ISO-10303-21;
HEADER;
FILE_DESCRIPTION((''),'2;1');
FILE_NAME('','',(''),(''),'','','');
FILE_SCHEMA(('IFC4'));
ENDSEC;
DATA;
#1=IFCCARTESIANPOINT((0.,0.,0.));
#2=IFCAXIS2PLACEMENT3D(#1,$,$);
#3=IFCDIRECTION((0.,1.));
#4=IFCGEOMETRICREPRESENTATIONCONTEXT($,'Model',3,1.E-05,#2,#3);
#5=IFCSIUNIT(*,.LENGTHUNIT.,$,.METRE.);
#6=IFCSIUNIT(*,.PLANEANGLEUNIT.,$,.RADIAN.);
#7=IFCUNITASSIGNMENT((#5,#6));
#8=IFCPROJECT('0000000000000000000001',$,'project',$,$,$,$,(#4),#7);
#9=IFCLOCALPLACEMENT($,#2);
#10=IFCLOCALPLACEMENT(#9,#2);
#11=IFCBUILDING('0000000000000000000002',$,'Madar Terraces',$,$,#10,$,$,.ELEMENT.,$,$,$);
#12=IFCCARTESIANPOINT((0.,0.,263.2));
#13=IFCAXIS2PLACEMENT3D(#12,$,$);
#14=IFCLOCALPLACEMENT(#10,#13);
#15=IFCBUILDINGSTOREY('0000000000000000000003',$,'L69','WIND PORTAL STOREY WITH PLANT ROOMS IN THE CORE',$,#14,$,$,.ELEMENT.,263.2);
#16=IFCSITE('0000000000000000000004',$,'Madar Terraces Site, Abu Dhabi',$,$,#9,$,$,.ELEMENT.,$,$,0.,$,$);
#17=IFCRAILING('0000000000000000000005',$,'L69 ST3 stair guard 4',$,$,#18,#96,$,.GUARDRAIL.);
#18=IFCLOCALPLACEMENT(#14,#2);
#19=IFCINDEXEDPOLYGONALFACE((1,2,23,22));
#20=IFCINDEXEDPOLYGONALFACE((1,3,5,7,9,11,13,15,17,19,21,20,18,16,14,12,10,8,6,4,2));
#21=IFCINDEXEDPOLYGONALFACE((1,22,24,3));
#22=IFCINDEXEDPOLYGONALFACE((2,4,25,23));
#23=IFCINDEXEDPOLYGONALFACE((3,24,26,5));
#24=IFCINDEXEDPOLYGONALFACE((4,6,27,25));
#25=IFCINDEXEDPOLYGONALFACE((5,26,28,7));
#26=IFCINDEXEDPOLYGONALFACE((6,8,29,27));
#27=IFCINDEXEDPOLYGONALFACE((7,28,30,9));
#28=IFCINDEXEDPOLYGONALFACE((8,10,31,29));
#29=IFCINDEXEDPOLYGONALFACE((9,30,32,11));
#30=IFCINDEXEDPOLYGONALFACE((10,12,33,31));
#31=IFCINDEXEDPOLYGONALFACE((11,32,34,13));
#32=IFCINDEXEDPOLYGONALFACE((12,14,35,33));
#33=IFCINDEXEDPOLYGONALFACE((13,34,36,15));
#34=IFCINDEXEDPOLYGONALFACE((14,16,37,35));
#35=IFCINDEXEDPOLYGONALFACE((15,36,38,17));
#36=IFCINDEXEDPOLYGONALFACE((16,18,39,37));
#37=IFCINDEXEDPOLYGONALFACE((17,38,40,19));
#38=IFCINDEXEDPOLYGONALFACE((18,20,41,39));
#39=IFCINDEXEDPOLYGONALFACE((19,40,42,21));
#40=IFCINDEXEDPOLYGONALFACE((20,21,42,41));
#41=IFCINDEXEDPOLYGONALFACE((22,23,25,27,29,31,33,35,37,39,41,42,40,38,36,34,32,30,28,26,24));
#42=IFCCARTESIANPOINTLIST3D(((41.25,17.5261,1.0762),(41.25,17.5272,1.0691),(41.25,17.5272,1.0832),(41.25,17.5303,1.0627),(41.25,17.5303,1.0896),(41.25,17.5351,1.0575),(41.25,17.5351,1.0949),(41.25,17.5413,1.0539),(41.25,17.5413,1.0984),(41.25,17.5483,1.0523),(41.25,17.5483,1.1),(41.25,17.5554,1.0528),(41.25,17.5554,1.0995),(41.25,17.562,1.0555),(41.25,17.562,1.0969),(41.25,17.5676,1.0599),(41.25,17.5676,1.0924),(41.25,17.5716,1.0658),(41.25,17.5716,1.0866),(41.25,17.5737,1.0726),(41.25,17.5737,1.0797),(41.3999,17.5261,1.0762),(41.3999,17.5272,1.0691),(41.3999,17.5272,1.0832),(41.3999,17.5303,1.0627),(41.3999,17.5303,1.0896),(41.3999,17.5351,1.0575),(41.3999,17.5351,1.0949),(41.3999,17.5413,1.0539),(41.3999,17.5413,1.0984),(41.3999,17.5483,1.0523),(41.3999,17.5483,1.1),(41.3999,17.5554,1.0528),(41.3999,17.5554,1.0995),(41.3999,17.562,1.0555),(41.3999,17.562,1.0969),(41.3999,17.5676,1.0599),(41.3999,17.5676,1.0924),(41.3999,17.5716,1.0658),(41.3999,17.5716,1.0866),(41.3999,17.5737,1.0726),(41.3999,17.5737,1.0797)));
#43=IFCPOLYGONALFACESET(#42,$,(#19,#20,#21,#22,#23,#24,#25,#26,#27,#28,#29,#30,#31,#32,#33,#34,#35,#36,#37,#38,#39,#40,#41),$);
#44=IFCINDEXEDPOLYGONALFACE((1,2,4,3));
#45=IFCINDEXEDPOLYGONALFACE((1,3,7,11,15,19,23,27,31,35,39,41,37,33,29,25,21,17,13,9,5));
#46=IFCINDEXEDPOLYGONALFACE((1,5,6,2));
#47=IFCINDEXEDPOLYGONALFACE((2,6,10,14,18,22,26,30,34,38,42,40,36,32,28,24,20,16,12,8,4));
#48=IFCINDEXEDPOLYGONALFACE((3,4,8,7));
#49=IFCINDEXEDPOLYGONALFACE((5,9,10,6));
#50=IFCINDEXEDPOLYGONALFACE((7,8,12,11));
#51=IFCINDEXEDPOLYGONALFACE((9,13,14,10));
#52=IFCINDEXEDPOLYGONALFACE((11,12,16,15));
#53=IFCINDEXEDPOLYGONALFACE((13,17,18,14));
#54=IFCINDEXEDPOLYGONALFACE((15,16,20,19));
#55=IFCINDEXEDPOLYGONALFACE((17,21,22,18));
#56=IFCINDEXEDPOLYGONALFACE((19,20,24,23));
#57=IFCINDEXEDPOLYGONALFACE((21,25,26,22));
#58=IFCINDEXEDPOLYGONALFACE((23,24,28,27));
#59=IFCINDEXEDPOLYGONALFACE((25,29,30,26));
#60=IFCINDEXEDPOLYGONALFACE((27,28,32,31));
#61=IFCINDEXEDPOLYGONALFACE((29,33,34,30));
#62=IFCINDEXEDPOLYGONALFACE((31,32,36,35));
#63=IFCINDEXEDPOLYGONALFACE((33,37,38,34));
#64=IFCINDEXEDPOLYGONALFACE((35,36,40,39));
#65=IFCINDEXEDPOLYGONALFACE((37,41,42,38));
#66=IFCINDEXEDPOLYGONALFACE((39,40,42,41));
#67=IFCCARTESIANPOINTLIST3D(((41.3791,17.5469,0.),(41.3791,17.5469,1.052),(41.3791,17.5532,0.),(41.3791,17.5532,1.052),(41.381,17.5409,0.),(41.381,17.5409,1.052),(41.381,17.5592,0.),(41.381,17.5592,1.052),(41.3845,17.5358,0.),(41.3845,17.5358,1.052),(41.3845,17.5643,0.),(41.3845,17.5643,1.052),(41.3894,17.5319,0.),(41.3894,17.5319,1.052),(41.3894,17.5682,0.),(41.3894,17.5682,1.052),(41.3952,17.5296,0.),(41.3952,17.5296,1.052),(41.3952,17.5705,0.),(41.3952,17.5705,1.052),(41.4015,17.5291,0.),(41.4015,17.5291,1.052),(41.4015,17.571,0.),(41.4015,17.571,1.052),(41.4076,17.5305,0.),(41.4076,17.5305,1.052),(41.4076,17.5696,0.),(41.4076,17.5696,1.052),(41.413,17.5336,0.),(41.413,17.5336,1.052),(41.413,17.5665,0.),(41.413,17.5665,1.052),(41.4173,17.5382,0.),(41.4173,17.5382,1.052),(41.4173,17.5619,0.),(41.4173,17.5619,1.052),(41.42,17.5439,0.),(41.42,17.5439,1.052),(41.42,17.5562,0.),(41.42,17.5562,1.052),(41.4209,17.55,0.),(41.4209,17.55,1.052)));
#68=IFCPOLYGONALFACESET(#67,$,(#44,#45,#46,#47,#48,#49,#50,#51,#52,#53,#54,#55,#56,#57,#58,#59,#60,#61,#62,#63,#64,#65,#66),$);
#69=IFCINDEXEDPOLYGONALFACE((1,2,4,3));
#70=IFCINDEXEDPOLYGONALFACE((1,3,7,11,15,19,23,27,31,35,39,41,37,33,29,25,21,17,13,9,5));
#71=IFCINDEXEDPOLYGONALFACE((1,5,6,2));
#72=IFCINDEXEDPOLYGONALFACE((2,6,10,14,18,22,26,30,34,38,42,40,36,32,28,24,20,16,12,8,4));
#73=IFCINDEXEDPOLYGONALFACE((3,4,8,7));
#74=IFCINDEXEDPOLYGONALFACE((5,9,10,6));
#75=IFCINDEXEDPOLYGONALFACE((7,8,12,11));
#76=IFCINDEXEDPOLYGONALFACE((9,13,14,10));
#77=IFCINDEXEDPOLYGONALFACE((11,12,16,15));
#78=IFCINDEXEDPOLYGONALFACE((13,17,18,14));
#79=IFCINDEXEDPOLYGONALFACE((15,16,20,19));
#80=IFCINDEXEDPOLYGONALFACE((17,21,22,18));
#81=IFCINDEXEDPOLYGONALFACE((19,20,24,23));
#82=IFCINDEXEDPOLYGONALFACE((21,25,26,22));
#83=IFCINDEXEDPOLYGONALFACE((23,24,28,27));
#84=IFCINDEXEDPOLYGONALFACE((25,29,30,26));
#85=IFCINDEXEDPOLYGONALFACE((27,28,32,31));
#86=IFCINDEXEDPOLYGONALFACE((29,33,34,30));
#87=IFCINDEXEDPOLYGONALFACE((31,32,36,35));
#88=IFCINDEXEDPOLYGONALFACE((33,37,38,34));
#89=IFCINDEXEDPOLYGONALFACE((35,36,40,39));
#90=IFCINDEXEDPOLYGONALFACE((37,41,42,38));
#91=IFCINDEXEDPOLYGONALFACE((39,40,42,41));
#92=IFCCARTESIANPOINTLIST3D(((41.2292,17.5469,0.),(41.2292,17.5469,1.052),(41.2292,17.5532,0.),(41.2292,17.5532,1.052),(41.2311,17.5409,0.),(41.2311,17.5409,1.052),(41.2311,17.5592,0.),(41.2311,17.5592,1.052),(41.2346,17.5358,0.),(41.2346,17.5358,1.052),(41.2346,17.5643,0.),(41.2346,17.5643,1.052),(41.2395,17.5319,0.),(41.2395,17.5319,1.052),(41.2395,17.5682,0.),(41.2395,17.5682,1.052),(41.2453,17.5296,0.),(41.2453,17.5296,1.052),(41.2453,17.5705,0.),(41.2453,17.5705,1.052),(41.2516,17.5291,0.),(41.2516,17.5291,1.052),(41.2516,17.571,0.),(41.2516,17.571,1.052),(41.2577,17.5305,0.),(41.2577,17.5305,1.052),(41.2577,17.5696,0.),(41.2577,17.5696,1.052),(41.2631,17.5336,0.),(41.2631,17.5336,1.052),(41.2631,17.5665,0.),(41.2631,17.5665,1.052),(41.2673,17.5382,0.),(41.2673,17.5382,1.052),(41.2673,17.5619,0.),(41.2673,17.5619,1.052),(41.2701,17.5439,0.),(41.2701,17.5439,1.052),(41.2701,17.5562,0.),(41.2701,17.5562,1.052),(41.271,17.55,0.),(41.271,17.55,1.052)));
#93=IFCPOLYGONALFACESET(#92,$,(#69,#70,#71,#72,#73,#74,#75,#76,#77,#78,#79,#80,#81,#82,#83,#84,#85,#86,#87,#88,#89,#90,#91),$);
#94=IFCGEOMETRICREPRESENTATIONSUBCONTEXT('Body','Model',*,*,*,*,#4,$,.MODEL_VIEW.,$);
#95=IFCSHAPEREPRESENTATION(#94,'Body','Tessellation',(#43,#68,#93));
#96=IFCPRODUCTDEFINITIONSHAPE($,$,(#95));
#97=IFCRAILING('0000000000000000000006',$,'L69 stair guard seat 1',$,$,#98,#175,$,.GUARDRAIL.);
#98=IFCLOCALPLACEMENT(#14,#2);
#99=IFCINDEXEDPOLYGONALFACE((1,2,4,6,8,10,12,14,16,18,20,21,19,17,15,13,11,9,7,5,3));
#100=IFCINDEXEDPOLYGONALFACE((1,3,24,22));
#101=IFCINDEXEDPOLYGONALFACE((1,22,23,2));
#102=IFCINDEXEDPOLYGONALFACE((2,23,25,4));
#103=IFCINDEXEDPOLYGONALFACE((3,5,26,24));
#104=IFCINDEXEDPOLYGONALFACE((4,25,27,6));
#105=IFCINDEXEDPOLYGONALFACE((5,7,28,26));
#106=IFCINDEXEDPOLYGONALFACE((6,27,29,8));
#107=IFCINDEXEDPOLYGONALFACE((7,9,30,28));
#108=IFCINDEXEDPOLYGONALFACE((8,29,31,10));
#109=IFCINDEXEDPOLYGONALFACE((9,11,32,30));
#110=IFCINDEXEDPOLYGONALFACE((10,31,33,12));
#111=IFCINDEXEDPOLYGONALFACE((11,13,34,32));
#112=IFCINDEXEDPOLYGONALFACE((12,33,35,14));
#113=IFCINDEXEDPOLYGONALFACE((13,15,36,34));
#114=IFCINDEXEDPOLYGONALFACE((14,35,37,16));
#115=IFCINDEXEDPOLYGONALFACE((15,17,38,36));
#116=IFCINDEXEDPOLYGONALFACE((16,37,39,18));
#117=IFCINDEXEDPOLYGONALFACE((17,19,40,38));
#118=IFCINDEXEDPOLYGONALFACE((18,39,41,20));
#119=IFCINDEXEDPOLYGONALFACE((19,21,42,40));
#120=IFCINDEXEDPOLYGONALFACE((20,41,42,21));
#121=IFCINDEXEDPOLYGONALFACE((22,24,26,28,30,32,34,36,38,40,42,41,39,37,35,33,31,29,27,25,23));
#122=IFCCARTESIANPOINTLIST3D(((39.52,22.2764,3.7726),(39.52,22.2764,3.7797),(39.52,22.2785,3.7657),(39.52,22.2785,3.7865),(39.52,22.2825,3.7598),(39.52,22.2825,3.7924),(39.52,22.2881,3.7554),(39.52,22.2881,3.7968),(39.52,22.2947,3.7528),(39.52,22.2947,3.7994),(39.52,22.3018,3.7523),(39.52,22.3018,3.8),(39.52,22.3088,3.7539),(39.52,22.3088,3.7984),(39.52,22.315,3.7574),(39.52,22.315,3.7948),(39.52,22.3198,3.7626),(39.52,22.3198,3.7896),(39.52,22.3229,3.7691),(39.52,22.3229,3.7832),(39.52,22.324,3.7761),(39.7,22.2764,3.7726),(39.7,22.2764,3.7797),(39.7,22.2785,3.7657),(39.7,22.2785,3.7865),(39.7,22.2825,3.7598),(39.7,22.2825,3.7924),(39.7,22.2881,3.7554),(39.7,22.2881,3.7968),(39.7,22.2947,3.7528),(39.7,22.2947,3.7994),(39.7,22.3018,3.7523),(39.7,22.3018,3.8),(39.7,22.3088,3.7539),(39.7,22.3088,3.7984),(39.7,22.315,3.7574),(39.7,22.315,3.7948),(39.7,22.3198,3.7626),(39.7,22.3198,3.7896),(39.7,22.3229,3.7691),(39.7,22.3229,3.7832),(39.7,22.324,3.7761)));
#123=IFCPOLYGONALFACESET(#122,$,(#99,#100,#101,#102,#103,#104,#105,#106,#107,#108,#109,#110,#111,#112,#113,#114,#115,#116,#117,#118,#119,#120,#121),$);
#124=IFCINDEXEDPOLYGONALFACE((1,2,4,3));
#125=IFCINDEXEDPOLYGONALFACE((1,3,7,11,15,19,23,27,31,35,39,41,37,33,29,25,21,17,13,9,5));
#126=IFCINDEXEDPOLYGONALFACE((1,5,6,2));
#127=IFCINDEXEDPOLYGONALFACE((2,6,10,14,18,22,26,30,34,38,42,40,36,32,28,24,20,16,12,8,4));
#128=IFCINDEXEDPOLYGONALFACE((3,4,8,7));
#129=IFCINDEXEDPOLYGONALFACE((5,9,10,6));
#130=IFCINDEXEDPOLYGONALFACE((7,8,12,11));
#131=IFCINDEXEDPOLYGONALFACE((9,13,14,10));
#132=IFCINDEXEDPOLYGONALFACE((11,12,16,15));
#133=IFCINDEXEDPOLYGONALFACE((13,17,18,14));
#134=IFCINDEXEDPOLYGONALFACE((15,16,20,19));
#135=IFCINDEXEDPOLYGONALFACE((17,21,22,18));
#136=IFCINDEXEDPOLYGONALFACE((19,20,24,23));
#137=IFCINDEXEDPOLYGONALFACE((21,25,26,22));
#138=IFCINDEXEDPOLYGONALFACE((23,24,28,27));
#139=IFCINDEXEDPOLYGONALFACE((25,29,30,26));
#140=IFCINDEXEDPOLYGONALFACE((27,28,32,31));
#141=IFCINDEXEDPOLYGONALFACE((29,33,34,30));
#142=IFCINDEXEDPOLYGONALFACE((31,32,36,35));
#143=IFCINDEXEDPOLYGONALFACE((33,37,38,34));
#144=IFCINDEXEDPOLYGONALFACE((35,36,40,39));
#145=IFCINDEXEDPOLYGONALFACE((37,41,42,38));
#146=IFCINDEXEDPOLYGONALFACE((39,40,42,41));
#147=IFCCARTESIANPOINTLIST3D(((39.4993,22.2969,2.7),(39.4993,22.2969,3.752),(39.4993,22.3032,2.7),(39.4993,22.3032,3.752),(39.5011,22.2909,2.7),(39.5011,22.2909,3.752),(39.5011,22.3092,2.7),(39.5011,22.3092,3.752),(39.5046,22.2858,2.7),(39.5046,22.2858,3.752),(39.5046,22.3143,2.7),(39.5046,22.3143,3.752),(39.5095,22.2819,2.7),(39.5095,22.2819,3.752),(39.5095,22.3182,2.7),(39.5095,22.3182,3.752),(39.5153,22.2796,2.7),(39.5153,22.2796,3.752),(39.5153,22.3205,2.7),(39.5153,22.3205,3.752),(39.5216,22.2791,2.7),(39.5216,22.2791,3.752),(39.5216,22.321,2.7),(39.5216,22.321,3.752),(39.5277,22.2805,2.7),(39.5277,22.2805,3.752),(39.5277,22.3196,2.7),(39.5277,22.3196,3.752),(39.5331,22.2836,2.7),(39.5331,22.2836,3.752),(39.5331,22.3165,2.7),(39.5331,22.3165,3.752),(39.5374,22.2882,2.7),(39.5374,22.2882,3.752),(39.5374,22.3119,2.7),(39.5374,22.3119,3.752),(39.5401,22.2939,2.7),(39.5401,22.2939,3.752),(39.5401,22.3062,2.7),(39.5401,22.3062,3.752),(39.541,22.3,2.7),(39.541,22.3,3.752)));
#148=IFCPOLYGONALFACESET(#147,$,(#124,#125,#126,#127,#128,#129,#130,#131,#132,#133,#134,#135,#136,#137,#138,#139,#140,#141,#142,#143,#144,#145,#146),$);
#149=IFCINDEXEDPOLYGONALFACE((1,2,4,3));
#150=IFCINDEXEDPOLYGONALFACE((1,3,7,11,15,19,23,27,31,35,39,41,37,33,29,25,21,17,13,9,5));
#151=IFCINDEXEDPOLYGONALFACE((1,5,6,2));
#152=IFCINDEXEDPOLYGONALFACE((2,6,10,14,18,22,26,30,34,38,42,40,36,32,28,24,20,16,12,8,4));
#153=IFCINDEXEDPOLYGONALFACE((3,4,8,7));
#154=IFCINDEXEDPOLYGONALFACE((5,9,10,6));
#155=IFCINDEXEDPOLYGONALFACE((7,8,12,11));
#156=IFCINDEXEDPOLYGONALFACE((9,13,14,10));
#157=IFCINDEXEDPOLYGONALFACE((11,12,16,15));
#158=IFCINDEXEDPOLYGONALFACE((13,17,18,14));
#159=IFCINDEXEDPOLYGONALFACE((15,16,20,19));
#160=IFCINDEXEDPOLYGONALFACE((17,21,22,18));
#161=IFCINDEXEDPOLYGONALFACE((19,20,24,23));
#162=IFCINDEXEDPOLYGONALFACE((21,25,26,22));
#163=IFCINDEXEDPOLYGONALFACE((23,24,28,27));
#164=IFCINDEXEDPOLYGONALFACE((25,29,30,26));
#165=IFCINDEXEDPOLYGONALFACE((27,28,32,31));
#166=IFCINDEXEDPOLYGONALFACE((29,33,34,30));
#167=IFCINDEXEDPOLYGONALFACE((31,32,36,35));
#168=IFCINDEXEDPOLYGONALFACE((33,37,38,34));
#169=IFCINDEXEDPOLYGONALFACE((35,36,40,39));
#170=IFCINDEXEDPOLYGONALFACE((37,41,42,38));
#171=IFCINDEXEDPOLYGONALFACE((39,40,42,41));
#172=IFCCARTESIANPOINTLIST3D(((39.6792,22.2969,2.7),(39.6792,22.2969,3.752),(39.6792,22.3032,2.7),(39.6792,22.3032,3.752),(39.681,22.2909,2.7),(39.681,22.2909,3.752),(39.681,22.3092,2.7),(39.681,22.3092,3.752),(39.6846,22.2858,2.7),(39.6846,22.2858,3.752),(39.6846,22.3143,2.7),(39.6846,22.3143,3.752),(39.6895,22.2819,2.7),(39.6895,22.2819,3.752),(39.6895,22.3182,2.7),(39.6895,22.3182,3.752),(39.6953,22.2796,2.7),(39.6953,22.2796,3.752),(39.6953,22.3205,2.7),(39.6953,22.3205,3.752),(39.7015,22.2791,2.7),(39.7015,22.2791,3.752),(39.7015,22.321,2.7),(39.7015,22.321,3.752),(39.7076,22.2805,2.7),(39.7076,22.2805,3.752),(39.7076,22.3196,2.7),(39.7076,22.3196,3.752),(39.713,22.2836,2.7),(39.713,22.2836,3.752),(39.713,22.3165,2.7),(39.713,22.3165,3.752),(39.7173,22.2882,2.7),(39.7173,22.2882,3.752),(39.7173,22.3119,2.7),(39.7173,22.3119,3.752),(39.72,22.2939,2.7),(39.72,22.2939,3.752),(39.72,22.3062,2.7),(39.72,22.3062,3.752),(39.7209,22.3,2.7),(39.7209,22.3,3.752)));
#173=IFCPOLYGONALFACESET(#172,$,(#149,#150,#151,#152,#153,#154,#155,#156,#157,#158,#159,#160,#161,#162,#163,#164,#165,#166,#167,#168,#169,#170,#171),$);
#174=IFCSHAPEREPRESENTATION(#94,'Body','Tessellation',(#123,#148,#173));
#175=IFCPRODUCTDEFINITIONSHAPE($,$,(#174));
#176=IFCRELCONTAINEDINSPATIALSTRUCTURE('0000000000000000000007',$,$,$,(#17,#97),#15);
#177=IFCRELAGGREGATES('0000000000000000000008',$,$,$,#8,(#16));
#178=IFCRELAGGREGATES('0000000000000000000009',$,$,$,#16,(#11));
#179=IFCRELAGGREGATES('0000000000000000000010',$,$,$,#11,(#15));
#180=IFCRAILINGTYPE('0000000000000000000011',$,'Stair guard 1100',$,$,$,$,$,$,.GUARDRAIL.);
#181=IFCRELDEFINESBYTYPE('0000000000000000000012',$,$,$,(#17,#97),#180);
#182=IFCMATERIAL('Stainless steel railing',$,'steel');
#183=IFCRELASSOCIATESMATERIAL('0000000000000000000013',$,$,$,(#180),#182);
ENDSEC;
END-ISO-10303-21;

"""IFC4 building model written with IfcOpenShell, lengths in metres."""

from ifc_helpers import new_model, si_unit, direction, frame, origin, origin_2d, place, context, subcontext, project, spatial, circle, extrude, material, type_object, element, save


model = new_model("IFC4")

# Units and contexts
model_context = context("Model", 3, precision=1e-05, world=origin(), true_north=direction((0.0, 1.0)))
body_context = subcontext(model_context, "Body", "Model", "MODEL_VIEW")
ifc_project = project(units=[si_unit("LENGTHUNIT", "METRE"), si_unit("PLANEANGLEUNIT", "RADIAN")], contexts=[model_context])

# Site, building, storey
site_placement = place(None, origin())
site = spatial("IfcSite", under=ifc_project, at=site_placement, Name="Madar Terraces Site, Abu Dhabi", CompositionType="ELEMENT", RefElevation=0.0)
building_placement = place(site_placement, origin())
building = spatial("IfcBuilding", under=site, at=building_placement, Name="Madar Terraces", CompositionType="ELEMENT")
storey_placement = place(building_placement, frame((0.0, 0.0, 263.2)))
storey = spatial("IfcBuildingStorey", under=building, at=storey_placement, Name="L69", Description="WIND PORTAL STOREY WITH PLANT ROOMS IN THE CORE", CompositionType="ELEMENT", Elevation=263.2)

# Railings
ifc_material_1 = material(Name="Stainless steel railing", Category="steel")
railing_type_1 = type_object("IfcRailingType", Name="Stair guard 1100", PredefinedType="GUARDRAIL", material=ifc_material_1)
railing_1_placement = place(storey_placement, frame((41.3999, 17.55, 0.0)))
element("IfcRailing", 1, at=railing_1_placement, inside=storey, type_object=railing_type_1, Name="L69 ST3 stair guard 4", PredefinedType="GUARDRAIL", context=body_context, shape_type="SweptSolid", body=[
    extrude(circle(Radius=0.0239, at=origin_2d()), frame((0.0, 0.0, 1.0762), z_axis=(-1.0, 0.0, 0.0), x_axis=(0.0, -1.0, 0.0)), (0.0, 0.0, 1.0), 0.1499),
    extrude(circle(Radius=0.021, at=origin_2d()), origin(), (0.0, 0.0, 1.0), 1.052),
    extrude(circle(Radius=0.021, at=origin_2d()), frame((-0.1499, 0.0, 0.0)), (0.0, 0.0, 1.0), 1.052),
])
for number, where, name in (
    (2, (39.52, 22.3, 2.7), "L69 stair guard seat 1"),
):
    element("IfcRailing", number, at=place(storey_placement, frame(where)), inside=storey, type_object=railing_type_1, Name=name, PredefinedType="GUARDRAIL", context=body_context, shape_type="SweptSolid", body=[
        extrude(circle(Radius=0.0239, at=origin_2d()), frame((0.0, 0.0, 1.0762), z_axis=(1.0, 0.0, 0.0), x_axis=(0.0, 1.0, 0.0)), (0.0, 0.0, 1.0), 0.1799),
        extrude(circle(Radius=0.021, at=origin_2d()), origin(), (0.0, 0.0, 1.0), 1.052),
        extrude(circle(Radius=0.021, at=origin_2d()), frame((0.1799, 0.0, 0.0)), (0.0, 0.0, 1.0), 1.052),
    ])

save(model, "model.ifc")
